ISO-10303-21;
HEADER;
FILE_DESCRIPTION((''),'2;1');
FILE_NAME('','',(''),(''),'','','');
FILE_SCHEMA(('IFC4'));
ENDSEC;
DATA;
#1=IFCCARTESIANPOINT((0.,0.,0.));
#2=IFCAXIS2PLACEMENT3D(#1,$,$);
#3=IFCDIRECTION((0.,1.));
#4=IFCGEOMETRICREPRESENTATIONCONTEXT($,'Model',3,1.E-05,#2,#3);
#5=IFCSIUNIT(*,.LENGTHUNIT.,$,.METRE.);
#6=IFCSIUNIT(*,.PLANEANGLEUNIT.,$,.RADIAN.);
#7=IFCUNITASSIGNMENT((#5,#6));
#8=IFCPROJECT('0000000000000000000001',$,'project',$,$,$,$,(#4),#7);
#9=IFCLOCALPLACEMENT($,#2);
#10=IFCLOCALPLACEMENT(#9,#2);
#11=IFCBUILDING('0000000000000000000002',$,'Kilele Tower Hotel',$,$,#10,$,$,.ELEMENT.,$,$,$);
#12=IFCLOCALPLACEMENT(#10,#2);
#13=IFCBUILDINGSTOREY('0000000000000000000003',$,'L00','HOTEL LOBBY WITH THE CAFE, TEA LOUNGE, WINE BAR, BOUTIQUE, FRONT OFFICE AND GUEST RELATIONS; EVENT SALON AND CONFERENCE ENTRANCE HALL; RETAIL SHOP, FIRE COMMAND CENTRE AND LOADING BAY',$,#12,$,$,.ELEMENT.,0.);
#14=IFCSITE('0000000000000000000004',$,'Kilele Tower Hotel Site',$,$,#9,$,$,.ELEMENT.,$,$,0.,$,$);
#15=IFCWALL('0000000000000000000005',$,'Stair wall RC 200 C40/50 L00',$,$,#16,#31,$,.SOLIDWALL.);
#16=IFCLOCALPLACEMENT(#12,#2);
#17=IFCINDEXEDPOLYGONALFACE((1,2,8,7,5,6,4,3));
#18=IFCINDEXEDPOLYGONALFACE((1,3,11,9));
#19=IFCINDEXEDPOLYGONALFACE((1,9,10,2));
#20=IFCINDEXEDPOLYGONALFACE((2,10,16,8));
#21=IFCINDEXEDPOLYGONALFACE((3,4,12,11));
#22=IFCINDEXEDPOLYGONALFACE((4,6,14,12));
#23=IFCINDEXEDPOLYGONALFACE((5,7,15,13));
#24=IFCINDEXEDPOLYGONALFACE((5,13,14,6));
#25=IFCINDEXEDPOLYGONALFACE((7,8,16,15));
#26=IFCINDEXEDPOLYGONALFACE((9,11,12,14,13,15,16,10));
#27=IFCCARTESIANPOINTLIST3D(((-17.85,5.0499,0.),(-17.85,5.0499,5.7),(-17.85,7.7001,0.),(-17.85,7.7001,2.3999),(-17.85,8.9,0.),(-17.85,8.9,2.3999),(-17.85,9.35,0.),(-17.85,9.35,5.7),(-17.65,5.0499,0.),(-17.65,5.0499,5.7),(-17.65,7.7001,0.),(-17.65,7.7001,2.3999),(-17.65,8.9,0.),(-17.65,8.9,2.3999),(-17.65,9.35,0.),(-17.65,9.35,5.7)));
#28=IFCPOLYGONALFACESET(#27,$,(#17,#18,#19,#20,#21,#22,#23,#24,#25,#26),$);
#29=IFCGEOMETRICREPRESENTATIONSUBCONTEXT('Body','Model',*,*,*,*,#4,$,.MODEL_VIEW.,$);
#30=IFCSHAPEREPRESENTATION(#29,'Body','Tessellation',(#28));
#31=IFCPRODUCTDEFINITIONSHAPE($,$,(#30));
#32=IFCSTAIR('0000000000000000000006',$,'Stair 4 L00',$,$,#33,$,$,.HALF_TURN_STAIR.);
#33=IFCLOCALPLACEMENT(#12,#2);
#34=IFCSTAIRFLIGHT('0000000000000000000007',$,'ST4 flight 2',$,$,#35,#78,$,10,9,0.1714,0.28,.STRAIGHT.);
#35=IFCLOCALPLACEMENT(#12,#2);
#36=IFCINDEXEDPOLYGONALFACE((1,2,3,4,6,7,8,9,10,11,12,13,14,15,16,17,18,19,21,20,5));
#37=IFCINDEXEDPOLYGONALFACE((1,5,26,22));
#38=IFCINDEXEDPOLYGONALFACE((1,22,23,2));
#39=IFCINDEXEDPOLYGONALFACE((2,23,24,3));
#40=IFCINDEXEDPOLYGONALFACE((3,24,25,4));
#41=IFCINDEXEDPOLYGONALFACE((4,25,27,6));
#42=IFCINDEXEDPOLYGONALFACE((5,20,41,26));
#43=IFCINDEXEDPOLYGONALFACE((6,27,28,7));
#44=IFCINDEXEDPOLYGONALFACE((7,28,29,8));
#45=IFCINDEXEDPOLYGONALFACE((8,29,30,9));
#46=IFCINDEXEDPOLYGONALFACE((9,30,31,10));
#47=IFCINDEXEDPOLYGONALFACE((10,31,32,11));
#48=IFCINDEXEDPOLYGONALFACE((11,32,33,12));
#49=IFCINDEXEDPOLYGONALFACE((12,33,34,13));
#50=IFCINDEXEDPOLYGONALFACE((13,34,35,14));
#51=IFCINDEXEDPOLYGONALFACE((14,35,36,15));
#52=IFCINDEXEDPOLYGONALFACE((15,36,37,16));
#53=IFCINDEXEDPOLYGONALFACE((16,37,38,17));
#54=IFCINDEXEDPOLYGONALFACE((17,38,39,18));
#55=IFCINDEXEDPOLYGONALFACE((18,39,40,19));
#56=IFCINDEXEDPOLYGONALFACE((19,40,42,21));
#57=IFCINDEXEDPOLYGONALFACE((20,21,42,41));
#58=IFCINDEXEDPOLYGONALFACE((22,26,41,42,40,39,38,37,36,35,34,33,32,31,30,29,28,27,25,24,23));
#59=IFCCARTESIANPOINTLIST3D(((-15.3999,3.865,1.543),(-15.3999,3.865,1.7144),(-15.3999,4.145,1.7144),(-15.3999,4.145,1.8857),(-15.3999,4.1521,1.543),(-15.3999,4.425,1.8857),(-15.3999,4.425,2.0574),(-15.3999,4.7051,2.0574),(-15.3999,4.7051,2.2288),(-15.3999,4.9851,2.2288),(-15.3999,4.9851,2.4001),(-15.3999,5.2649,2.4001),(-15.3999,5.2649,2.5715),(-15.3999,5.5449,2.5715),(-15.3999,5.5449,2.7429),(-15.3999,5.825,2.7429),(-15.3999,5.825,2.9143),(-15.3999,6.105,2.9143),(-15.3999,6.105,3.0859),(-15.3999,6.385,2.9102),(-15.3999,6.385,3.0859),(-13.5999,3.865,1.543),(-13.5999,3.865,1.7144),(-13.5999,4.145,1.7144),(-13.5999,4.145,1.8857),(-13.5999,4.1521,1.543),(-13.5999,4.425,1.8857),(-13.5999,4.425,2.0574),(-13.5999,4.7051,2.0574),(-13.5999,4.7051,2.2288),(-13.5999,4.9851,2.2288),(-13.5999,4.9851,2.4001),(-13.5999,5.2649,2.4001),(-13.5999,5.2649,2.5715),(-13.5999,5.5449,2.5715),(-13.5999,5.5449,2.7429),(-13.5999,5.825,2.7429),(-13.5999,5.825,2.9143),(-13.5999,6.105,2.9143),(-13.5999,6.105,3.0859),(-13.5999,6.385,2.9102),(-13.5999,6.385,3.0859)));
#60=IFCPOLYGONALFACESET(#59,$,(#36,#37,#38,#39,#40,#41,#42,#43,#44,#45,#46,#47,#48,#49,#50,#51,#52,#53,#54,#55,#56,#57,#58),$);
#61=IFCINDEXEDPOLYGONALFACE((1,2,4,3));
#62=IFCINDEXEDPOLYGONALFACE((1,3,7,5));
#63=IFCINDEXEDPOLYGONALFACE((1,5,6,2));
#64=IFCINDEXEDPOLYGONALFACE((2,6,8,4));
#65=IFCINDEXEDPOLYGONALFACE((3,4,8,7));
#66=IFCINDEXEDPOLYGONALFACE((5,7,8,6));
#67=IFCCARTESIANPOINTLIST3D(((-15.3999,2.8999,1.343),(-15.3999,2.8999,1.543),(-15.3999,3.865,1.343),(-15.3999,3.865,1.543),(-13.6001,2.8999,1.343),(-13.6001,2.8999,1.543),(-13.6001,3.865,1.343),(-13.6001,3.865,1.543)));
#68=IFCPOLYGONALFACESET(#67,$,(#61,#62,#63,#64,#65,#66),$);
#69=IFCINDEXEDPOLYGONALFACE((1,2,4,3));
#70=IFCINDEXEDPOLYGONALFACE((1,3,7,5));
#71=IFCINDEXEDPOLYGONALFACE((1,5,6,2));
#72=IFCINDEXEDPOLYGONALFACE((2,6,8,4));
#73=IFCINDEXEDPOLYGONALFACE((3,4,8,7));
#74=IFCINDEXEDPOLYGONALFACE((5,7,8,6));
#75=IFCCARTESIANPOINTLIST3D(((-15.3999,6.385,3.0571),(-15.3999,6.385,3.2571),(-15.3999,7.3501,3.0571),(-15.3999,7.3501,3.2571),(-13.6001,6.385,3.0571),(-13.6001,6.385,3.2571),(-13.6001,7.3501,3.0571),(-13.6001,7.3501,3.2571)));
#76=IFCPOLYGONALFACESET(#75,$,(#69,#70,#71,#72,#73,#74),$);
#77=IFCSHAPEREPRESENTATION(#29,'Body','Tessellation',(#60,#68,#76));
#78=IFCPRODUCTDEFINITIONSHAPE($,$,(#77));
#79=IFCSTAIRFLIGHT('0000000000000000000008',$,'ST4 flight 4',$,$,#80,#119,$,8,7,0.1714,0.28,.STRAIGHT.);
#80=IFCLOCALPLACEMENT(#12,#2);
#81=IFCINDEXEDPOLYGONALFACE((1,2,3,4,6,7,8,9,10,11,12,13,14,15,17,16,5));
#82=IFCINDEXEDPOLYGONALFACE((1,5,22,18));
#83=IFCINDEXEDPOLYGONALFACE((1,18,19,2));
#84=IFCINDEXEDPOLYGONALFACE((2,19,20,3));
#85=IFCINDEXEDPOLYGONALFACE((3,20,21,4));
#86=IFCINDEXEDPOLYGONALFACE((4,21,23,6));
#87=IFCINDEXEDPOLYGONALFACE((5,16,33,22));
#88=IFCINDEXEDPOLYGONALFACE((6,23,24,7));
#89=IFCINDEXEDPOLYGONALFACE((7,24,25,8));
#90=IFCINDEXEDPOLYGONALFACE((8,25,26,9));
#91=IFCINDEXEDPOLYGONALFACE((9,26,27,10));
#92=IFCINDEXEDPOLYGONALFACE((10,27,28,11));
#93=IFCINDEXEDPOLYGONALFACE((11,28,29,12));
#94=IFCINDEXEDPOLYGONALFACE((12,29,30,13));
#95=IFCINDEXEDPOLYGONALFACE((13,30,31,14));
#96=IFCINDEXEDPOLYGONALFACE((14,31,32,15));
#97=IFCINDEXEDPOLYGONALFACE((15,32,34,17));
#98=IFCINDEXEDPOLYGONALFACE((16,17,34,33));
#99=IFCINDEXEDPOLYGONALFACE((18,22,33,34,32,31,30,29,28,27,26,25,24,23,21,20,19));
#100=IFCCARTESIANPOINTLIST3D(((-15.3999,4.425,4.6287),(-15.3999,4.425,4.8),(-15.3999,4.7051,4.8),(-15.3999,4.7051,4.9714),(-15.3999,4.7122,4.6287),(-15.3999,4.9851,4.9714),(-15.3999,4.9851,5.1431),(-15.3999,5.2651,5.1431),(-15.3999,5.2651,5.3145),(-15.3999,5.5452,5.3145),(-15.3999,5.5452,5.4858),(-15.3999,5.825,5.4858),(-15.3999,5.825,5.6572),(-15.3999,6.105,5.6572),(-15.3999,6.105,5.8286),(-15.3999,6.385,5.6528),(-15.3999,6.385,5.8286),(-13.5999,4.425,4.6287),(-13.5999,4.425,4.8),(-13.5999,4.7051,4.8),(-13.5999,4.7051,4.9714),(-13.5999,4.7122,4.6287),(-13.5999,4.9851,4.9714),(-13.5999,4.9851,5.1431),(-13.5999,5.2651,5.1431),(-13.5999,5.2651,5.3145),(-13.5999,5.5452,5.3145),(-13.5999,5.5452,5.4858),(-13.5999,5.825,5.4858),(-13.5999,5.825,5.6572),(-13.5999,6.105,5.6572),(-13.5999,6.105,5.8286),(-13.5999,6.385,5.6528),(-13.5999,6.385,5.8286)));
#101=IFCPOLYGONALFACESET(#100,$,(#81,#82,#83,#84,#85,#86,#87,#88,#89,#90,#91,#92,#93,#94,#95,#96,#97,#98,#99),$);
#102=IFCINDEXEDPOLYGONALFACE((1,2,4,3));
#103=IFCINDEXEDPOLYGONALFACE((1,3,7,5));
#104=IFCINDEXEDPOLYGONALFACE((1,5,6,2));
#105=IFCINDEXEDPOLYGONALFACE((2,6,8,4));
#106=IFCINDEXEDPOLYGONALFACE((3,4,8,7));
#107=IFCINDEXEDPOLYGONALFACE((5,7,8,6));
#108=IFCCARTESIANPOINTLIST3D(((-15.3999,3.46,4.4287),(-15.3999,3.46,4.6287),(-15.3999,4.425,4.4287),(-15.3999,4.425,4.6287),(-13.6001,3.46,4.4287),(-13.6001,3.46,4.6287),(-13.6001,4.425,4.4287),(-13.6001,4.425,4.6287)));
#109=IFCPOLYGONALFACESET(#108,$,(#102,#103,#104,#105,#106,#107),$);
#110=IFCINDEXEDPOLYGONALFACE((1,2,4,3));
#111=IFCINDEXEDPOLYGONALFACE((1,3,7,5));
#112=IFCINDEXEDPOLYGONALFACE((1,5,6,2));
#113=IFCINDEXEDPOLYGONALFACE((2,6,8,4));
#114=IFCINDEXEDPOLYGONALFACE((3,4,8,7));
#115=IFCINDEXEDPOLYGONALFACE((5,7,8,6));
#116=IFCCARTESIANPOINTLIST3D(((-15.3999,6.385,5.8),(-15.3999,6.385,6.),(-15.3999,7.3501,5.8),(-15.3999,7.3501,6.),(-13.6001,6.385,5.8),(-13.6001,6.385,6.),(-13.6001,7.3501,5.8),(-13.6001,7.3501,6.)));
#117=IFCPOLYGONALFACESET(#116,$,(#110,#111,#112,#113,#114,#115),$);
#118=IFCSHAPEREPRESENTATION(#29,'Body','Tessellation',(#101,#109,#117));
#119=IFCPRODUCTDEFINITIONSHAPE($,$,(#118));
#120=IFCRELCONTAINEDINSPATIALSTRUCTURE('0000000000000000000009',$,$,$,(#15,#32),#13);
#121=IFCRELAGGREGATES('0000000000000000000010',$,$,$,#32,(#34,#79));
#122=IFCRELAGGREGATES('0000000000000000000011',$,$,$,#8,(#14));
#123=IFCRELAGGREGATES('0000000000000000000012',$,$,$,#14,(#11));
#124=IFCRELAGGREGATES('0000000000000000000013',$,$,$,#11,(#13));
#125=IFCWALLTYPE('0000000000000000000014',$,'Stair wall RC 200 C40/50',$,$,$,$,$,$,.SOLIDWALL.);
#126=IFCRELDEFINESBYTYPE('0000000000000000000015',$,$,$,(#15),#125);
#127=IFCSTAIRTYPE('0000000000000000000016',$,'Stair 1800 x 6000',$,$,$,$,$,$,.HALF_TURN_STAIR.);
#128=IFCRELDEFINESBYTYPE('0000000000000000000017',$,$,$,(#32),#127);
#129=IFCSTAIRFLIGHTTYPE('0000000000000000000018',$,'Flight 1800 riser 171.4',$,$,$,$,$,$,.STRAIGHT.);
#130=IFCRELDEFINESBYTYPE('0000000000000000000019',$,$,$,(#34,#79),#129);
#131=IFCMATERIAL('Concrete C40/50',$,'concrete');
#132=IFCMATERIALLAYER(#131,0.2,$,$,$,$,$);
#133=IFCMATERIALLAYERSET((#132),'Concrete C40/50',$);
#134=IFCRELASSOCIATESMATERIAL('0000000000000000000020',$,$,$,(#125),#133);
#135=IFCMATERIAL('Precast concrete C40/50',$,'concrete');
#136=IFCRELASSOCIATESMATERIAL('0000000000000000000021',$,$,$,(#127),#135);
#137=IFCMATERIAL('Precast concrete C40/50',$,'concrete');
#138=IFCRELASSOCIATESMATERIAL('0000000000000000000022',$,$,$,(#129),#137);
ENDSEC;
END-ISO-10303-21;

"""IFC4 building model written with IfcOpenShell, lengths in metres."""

from ifc_helpers import new_model, si_unit, direction, frame, frame_2d, origin, place, context, subcontext, project, spatial, polyline, rectangle, outline, extrude, material, layer, layer_set, type_object, element, aggregate, save


model = new_model("IFC4")

# Units and contexts
model_context = context("Model", 3, precision=1e-05, world=origin(), true_north=direction((0.0, 1.0)))
body_context = subcontext(model_context, "Body", "Model", "MODEL_VIEW")
ifc_project = project(units=[si_unit("LENGTHUNIT", "METRE"), si_unit("PLANEANGLEUNIT", "RADIAN")], contexts=[model_context])

# Site, building, storey
site_placement = place(None, origin())
site = spatial("IfcSite", under=ifc_project, at=site_placement, Name="Kilele Tower Hotel Site", CompositionType="ELEMENT", RefElevation=0.0)
building_placement = place(site_placement, origin())
building = spatial("IfcBuilding", under=site, at=building_placement, Name="Kilele Tower Hotel", CompositionType="ELEMENT")
storey_placement = place(building_placement, origin())
storey = spatial("IfcBuildingStorey", under=building, at=storey_placement, Name="L00", Description="HOTEL LOBBY WITH THE CAFE, TEA LOUNGE, WINE BAR, BOUTIQUE, FRONT OFFICE AND GUEST RELATIONS; EVENT SALON AND CONFERENCE ENTRANCE HALL; RETAIL SHOP, FIRE COMMAND CENTRE AND LOADING BAY", CompositionType="ELEMENT", Elevation=0.0)

# Shared definitions
ifc_material_1 = material(Name="Concrete C40/50", Category="concrete")
ifc_layer_1 = layer(ifc_material_1, 0.2)
ifc_layer_set_1 = layer_set([ifc_layer_1], Name="Concrete C40/50")
wall_type_1 = type_object("IfcWallType", Name="Stair wall RC 200 C40/50", PredefinedType="SOLIDWALL", material=ifc_layer_set_1)

# Wall, opening
wall_1_placement = place(storey_placement, frame((-17.75, 5.05, 0.0), z_axis=(0.0, 0.0, 1.0), x_axis=(0.0, 1.0, 0.0)))
wall_1 = element("IfcWall", 1, at=wall_1_placement, inside=storey, type_object=wall_type_1, Name="Stair wall RC 200 C40/50 L00", PredefinedType="SOLIDWALL", context=body_context, shape_type="SweptSolid", body=[
    extrude(rectangle(XDim=4.3, YDim=0.2, at=frame_2d((2.1499, 0.0))), origin(), (0.0, 0.0, 1.0), 5.7),
])
opening_1_placement = place(wall_1_placement, frame((2.6499, 0.0, 0.0)))
element("IfcOpeningElement", 2, at=opening_1_placement, cuts=wall_1, PredefinedType="OPENING", context=body_context, shape_type="SweptSolid", body=[
    extrude(rectangle(XDim=1.2, YDim=2.3999, at=frame_2d((0.6001, 1.2))), frame((0.0, 0.1099, 0.0), z_axis=(0.0, -1.0, 0.0), x_axis=(1.0, 0.0, 0.0)), (0.0, 0.0, 1.0), 0.22),
])

# Stair, stair flights
ifc_material_2 = material(Name="Precast concrete C40/50", Category="concrete")
stair_type = type_object("IfcStairType", Name="Stair 1800 x 6000", PredefinedType="HALF_TURN_STAIR", material=ifc_material_2)
stair_placement = place(storey_placement, origin())
stair = element("IfcStair", 3, at=stair_placement, inside=storey, type_object=stair_type, Name="Stair 4 L00", PredefinedType="HALF_TURN_STAIR")
ifc_material_3 = material(Name="Precast concrete C40/50", Category="concrete")
stair_flight_type = type_object("IfcStairFlightType", Name="Flight 1800 riser 171.4", PredefinedType="STRAIGHT", material=ifc_material_3)
stair_flight_1_placement = place(storey_placement, frame((-14.5, 3.865, 1.543), z_axis=(0.0, 0.0, 1.0), x_axis=(0.0, 1.0, 0.0)))
stair_flight_1 = element("IfcStairFlight", 4, at=stair_flight_1_placement, type_object=stair_flight_type, Name="ST4 flight 2", NumberOfRisers=10, NumberOfTreads=9, PredefinedType="STRAIGHT", RiserHeight=0.1714, TreadLength=0.28, context=body_context, shape_type="SweptSolid", body=[
    extrude(outline(polyline([(0.0, 0.0), (0.0, 0.1714), (0.28, 0.1714), (0.28, 0.3428), (0.5601, 0.3428), (0.5601, 0.5144), (0.8401, 0.5144), (0.8401, 0.6858), (1.1201, 0.6858), (1.1201, 0.8572), (1.3999, 0.8572), (1.3999, 1.0286), (1.6799, 1.0286), (1.6799, 1.2), (1.96, 1.2), (1.96, 1.3713), (2.24, 1.3713), (2.24, 1.543), (2.52, 1.543), (2.52, 1.7144), (2.52, 1.3672), (0.2871, 0.0), (0.0, 0.0)])), frame((0.0, 0.8999, 0.0), z_axis=(0.0, -1.0, 0.0), x_axis=(1.0, 0.0, 0.0)), (0.0, 0.0, 1.0), 1.8),
    extrude(outline(polyline([(-0.9651, 0.8999), (-0.9651, -0.8999), (0.0, -0.8999), (0.0, 0.8999), (-0.9651, 0.8999)])), frame((0.0, 0.0, -0.2)), (0.0, 0.0, 1.0), 0.2),
    extrude(outline(polyline([(2.52, 0.8999), (2.52, -0.8999), (3.4851, -0.8999), (3.4851, 0.8999), (2.52, 0.8999)])), frame((0.0, 0.0, 1.5142)), (0.0, 0.0, 1.0), 0.2),
])
stair_flight_2_placement = place(storey_placement, frame((-14.5, 4.425, 4.6287), z_axis=(0.0, 0.0, 1.0), x_axis=(0.0, 1.0, 0.0)))
stair_flight_2 = element("IfcStairFlight", 5, at=stair_flight_2_placement, type_object=stair_flight_type, Name="ST4 flight 4", NumberOfRisers=8, NumberOfTreads=7, PredefinedType="STRAIGHT", RiserHeight=0.1714, TreadLength=0.28, context=body_context, shape_type="SweptSolid", body=[
    extrude(outline(polyline([(0.0, 0.0), (0.0, 0.1714), (0.28, 0.1714), (0.28, 0.3428), (0.5601, 0.3428), (0.5601, 0.5144), (0.8401, 0.5144), (0.8401, 0.6858), (1.1201, 0.6858), (1.1201, 0.8572), (1.3999, 0.8572), (1.3999, 1.0286), (1.6799, 1.0286), (1.6799, 1.2), (1.96, 1.2), (1.96, 1.3713), (1.96, 1.0242), (0.2871, 0.0), (0.0, 0.0)])), frame((0.0, 0.8999, 0.0), z_axis=(0.0, -1.0, 0.0), x_axis=(1.0, 0.0, 0.0)), (0.0, 0.0, 1.0), 1.8),
    extrude(outline(polyline([(-0.9651, 0.8999), (-0.9651, -0.8999), (0.0, -0.8999), (0.0, 0.8999), (-0.9651, 0.8999)])), frame((0.0, 0.0, -0.2)), (0.0, 0.0, 1.0), 0.2),
    extrude(outline(polyline([(1.96, 0.8999), (1.96, -0.8999), (2.925, -0.8999), (2.925, 0.8999), (1.96, 0.8999)])), frame((0.0, 0.0, 1.1714)), (0.0, 0.0, 1.0), 0.2),
])
aggregate(stair, [stair_flight_1, stair_flight_2])

save(model, "model.ifc")
